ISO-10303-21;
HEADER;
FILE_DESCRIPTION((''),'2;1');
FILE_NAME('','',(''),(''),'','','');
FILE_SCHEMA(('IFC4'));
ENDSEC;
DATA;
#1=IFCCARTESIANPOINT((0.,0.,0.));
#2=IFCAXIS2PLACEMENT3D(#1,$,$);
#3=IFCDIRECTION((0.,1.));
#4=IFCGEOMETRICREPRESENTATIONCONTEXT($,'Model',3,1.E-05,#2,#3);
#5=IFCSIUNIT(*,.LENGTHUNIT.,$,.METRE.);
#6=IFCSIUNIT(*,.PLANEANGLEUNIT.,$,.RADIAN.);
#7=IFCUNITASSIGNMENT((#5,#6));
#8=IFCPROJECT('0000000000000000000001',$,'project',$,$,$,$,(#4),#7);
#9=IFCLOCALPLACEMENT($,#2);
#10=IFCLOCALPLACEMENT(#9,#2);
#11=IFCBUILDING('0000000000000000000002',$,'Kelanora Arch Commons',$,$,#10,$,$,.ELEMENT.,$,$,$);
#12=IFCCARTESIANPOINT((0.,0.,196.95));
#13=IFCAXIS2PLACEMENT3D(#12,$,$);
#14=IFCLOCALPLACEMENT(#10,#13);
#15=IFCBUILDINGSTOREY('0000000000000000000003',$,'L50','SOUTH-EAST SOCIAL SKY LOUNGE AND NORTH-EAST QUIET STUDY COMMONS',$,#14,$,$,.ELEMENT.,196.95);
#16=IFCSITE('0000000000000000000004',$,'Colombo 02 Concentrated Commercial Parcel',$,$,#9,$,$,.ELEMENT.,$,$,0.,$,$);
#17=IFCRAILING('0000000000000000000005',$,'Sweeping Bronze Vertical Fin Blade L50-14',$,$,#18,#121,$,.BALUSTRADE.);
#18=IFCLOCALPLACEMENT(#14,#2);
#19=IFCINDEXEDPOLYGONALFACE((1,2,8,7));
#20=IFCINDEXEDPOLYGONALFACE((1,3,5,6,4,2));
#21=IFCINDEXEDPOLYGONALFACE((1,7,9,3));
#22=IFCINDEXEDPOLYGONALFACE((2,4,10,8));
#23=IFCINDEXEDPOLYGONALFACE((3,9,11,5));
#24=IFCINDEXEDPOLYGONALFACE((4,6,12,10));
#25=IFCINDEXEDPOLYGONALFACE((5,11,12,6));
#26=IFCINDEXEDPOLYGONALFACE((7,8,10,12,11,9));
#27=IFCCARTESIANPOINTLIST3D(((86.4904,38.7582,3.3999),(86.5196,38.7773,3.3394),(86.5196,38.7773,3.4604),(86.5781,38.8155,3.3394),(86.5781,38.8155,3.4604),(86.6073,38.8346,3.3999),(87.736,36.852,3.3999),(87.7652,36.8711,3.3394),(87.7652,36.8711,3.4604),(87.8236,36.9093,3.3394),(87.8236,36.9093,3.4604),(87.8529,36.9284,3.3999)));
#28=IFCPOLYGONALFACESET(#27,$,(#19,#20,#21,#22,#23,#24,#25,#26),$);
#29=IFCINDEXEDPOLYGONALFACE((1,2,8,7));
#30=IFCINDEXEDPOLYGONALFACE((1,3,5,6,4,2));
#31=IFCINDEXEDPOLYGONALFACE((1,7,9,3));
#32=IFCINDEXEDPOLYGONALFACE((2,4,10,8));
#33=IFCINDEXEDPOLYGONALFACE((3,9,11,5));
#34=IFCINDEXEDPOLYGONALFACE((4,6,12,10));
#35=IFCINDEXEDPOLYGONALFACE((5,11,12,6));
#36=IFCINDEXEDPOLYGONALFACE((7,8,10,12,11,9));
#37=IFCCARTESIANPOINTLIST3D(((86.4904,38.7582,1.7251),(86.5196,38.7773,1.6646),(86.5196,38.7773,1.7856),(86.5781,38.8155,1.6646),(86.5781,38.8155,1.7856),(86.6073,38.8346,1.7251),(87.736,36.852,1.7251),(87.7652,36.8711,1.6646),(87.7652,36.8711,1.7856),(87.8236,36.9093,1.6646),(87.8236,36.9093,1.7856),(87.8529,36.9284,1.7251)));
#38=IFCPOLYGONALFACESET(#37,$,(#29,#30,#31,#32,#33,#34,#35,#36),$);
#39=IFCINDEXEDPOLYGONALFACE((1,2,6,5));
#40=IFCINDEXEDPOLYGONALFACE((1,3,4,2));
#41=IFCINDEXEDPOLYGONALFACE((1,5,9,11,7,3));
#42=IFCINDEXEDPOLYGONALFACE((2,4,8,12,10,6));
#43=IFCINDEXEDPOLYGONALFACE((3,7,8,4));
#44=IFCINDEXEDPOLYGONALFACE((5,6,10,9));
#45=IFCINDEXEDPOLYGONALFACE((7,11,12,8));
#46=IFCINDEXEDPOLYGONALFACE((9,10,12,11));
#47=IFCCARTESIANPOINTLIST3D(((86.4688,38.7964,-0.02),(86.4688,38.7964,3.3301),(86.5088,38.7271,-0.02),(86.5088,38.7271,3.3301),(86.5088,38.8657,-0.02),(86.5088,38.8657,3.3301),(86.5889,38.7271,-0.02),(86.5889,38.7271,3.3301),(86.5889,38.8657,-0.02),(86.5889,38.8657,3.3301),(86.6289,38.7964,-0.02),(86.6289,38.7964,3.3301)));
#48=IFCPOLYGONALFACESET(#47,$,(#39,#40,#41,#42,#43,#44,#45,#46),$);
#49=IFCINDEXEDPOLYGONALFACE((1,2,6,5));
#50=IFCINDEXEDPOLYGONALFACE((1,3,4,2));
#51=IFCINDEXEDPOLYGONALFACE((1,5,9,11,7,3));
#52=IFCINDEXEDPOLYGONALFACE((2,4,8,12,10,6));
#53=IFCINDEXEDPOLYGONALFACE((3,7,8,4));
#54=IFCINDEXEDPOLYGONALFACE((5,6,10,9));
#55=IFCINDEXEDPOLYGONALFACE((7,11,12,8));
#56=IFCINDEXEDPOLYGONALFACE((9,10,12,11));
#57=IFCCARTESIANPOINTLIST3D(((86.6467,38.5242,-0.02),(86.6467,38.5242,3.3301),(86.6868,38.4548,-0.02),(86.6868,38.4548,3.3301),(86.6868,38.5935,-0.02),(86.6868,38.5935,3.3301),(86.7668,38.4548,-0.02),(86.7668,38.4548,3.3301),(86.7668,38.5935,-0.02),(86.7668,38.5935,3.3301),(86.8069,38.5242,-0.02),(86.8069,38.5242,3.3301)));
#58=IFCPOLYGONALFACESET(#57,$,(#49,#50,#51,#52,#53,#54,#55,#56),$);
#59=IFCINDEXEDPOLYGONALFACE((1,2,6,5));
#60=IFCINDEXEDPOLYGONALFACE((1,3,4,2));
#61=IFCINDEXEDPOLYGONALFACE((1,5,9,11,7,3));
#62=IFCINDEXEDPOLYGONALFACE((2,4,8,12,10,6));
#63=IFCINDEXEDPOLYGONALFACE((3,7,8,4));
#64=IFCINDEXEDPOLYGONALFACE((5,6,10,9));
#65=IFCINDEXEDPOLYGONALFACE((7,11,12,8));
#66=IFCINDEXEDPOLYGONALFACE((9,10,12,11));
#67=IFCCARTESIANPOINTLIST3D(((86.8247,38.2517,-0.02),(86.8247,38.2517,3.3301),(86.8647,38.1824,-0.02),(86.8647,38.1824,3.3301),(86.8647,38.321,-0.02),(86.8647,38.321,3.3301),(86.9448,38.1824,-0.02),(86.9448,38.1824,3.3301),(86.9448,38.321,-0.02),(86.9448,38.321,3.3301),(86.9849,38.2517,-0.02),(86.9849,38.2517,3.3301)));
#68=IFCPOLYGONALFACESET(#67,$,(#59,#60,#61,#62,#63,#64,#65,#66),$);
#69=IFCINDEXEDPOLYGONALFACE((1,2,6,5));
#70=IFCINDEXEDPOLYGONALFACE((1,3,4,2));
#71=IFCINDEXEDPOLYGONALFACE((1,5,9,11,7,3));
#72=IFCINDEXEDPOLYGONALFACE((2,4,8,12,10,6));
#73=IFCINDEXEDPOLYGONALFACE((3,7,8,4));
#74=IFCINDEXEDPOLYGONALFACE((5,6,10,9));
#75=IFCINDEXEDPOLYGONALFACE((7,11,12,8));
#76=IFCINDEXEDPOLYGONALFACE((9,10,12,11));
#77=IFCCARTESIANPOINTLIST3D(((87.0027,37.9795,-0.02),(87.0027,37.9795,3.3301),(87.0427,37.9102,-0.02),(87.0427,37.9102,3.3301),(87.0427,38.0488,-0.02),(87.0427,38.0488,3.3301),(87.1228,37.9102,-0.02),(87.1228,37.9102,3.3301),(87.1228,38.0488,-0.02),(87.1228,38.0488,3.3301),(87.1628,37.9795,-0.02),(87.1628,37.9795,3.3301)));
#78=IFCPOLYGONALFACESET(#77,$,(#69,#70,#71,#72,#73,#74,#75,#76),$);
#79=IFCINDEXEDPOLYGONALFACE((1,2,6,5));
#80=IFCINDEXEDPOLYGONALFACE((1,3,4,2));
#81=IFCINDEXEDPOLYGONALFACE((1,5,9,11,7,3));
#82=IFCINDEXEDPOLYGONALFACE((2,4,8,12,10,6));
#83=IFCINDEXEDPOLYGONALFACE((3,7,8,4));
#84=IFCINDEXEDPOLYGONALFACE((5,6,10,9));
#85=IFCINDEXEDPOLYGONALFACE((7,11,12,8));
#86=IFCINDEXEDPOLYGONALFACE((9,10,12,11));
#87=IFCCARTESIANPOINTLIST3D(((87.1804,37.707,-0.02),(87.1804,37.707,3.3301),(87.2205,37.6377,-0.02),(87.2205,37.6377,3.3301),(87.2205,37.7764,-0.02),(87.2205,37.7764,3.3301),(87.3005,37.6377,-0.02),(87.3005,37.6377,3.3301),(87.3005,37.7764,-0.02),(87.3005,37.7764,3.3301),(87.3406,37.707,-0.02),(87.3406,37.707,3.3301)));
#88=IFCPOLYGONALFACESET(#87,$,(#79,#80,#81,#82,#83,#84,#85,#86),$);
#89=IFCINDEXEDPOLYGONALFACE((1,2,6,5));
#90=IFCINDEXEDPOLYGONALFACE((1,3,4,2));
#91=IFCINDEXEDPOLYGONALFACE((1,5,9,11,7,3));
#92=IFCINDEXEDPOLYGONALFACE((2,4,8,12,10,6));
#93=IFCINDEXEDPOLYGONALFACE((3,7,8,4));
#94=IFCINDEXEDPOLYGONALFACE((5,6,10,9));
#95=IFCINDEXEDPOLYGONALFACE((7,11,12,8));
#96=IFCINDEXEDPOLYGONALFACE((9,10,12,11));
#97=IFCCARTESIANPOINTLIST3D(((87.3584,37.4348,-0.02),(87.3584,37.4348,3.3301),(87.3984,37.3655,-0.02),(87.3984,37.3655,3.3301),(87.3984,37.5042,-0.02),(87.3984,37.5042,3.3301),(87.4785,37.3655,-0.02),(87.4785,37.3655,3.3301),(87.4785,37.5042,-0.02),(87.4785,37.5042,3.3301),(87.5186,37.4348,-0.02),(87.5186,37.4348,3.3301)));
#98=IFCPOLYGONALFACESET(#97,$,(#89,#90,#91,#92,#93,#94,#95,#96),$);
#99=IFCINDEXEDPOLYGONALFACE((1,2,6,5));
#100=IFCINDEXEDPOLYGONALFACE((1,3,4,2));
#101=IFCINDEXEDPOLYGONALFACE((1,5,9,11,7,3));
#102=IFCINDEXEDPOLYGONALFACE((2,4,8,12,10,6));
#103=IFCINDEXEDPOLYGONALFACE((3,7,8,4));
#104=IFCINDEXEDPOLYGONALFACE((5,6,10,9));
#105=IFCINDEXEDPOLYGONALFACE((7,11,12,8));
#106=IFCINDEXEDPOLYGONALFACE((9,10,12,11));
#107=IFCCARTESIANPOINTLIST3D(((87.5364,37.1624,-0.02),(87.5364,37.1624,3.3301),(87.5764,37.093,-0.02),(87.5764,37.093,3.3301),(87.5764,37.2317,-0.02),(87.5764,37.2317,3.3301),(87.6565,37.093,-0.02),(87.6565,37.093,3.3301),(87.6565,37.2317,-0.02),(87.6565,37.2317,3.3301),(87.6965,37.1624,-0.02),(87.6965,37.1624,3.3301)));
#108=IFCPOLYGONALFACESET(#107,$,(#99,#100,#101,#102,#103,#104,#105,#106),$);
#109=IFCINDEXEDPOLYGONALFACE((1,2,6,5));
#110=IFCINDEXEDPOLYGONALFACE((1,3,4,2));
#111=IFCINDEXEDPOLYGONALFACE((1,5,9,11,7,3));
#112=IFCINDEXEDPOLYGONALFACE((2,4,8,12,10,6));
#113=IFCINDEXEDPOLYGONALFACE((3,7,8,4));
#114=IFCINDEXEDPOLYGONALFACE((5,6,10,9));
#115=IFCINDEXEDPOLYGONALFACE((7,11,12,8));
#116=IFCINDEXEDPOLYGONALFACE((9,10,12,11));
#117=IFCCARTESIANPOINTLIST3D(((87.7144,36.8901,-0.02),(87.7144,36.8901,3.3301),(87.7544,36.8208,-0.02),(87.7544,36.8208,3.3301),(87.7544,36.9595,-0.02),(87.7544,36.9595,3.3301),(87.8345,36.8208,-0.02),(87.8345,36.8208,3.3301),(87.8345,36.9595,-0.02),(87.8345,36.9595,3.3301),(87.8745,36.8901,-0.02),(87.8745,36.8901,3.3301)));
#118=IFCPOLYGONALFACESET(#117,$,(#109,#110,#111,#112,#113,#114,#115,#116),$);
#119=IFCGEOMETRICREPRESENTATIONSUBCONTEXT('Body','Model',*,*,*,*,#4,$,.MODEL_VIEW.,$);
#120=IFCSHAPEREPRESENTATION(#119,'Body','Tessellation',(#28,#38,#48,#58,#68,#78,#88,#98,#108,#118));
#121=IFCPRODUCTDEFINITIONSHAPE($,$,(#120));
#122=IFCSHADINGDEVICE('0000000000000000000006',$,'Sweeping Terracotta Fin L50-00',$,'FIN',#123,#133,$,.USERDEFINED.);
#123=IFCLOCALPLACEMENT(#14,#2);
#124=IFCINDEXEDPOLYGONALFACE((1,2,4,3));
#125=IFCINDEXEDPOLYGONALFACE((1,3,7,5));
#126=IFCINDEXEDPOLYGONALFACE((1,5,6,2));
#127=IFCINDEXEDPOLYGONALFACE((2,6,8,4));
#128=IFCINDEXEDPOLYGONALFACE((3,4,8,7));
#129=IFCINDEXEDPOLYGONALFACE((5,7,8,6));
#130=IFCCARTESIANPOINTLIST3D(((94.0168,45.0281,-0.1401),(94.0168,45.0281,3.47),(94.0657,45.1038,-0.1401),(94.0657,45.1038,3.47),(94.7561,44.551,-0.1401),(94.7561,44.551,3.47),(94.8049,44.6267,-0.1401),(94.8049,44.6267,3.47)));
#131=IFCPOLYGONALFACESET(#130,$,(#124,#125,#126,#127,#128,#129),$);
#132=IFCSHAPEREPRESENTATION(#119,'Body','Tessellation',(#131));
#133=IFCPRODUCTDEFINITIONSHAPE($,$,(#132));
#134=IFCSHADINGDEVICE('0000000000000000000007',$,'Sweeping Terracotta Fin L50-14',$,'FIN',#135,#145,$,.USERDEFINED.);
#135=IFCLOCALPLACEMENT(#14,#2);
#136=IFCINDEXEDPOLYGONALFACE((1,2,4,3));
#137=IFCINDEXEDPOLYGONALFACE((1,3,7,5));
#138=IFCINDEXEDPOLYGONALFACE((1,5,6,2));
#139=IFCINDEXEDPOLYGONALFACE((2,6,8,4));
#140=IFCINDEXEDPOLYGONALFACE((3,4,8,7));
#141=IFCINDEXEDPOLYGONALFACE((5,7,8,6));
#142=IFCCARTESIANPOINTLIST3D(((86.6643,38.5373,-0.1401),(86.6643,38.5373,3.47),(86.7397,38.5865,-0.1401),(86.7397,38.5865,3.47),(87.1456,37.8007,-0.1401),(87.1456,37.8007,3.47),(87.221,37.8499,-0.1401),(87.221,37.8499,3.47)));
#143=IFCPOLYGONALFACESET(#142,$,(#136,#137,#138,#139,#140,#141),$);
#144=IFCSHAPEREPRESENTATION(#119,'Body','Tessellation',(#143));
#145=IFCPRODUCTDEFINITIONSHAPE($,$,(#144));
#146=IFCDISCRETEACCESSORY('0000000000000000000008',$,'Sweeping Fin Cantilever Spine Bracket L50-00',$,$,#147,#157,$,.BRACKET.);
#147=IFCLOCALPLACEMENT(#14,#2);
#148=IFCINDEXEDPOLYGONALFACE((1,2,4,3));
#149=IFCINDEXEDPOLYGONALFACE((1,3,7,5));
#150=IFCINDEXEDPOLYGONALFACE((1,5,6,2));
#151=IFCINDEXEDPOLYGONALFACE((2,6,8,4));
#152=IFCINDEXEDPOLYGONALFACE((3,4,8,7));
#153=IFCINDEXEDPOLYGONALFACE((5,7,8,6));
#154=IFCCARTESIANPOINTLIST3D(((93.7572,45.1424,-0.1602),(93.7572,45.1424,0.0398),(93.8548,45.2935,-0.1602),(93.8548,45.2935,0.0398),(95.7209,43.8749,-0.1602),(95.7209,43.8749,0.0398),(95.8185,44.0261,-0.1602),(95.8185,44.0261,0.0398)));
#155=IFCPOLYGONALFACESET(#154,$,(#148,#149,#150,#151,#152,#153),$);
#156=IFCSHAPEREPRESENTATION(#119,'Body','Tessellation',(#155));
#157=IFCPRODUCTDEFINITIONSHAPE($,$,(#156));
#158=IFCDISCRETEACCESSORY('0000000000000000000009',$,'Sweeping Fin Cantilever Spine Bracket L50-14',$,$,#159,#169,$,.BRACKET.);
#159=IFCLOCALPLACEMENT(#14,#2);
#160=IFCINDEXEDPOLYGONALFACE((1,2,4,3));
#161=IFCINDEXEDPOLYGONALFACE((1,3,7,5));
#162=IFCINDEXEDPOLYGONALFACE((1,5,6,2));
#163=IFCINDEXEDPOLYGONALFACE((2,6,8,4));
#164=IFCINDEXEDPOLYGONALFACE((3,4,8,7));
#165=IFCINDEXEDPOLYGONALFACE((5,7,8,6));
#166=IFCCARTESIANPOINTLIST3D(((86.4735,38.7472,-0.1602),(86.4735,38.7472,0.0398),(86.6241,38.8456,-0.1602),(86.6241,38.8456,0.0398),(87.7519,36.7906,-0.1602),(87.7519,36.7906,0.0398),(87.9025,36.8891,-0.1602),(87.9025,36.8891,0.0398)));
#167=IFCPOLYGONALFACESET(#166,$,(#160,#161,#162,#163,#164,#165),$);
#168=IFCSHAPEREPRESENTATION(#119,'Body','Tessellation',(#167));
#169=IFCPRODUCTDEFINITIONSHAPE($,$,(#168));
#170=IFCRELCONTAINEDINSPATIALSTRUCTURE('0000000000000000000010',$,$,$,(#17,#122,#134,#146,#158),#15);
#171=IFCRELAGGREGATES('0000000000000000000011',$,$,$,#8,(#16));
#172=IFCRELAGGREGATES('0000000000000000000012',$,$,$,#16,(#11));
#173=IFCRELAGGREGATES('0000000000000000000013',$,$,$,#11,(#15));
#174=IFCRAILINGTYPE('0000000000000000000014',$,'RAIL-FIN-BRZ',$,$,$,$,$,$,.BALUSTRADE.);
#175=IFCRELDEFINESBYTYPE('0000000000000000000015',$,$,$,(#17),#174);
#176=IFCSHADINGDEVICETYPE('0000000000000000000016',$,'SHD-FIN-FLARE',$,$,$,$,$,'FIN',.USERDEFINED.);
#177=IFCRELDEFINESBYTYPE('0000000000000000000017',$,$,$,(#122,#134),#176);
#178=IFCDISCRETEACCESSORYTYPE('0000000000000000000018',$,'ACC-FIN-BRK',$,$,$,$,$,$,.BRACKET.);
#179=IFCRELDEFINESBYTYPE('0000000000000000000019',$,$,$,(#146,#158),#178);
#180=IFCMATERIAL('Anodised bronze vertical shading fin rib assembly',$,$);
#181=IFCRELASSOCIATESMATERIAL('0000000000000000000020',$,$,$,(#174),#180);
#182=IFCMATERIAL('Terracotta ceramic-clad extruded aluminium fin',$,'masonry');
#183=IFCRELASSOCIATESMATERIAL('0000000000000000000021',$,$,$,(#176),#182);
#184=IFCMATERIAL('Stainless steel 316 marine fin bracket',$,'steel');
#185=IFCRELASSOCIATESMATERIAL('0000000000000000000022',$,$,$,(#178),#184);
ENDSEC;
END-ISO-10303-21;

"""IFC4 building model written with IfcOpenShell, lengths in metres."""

from ifc_helpers import new_model, si_unit, direction, frame, origin, origin_2d, place, context, subcontext, project, spatial, polyline, rectangle, outline, extrude, source, transform, mapped, material, type_object, element, save


model = new_model("IFC4")

# Units and contexts
model_context = context("Model", 3, precision=1e-05, world=origin(), true_north=direction((0.0, 1.0)))
body_context = subcontext(model_context, "Body", "Model", "MODEL_VIEW")
ifc_project = project(units=[si_unit("LENGTHUNIT", "METRE"), si_unit("PLANEANGLEUNIT", "RADIAN")], contexts=[model_context])

# Site, building, storey
site_placement = place(None, origin())
site = spatial("IfcSite", under=ifc_project, at=site_placement, Name="Colombo 02 Concentrated Commercial Parcel", CompositionType="ELEMENT", RefElevation=0.0)
building_placement = place(site_placement, origin())
building = spatial("IfcBuilding", under=site, at=building_placement, Name="Kelanora Arch Commons", CompositionType="ELEMENT")
storey_placement = place(building_placement, frame((0.0, 0.0, 196.95)))
storey = spatial("IfcBuildingStorey", under=building, at=storey_placement, Name="L50", Description="SOUTH-EAST SOCIAL SKY LOUNGE AND NORTH-EAST QUIET STUDY COMMONS", CompositionType="ELEMENT", Elevation=196.95)

# Railing
ifc_material_1 = material(Name="Anodised bronze vertical shading fin rib assembly")
railing_type = type_object("IfcRailingType", Name="RAIL-FIN-BRZ", PredefinedType="BALUSTRADE", material=ifc_material_1)
railing_1_placement = place(storey_placement, frame((86.5488, 38.7964, -0.02)))
element("IfcRailing", 1, at=railing_1_placement, inside=storey, type_object=railing_type, Name="Sweeping Bronze Vertical Fin Blade L50-14", PredefinedType="BALUSTRADE", context=body_context, shape_type="SweptSolid", body=[
    extrude(outline(polyline([(0.0698, 0.0), (0.0349, 0.0605), (-0.0349, 0.0605), (-0.0698, 0.0), (-0.0349, -0.0605), (0.0349, -0.0605), (0.0698, 0.0)])), frame((0.0, 0.0, 3.4199), z_axis=(0.547007, -0.837128, 0.0), x_axis=(0.837128, 0.547007, 0.0)), (0.0, 0.0, 1.0), 2.2771),
    extrude(outline(polyline([(0.0698, 0.0), (0.0349, 0.0605), (-0.0349, 0.0605), (-0.0698, 0.0), (-0.0349, -0.0605), (0.0349, -0.0605), (0.0698, 0.0)])), frame((0.0, 0.0, 1.7451), z_axis=(0.547007, -0.837128, 0.0), x_axis=(0.837128, 0.547007, 0.0)), (0.0, 0.0, 1.0), 2.2771),
    extrude(outline(polyline([(0.0801, 0.0), (0.04, 0.0693), (-0.04, 0.0693), (-0.0801, 0.0), (-0.04, -0.0693), (0.04, -0.0693), (0.0801, 0.0)])), origin(), (0.0, 0.0, 1.0), 3.3501),
    extrude(outline(polyline([(0.0801, 0.0), (0.04, 0.0693), (-0.04, 0.0693), (-0.0801, 0.0), (-0.04, -0.0693), (0.04, -0.0693), (0.0801, 0.0)])), frame((0.178, -0.2722, 0.0)), (0.0, 0.0, 1.0), 3.3501),
    extrude(outline(polyline([(0.0801, 0.0), (0.04, 0.0693), (-0.04, 0.0693), (-0.0801, 0.0), (-0.04, -0.0693), (0.04, -0.0693), (0.0801, 0.0)])), frame((0.356, -0.5447, 0.0)), (0.0, 0.0, 1.0), 3.3501),
    extrude(outline(polyline([(0.0801, 0.0), (0.04, 0.0693), (-0.04, 0.0693), (-0.0801, 0.0), (-0.04, -0.0693), (0.04, -0.0693), (0.0801, 0.0)])), frame((0.5339, -0.8169, 0.0)), (0.0, 0.0, 1.0), 3.3501),
    extrude(outline(polyline([(0.0801, 0.0), (0.04, 0.0693), (-0.04, 0.0693), (-0.0801, 0.0), (-0.04, -0.0693), (0.04, -0.0693), (0.0801, 0.0)])), frame((0.7117, -1.0894, 0.0)), (0.0, 0.0, 1.0), 3.3501),
    extrude(outline(polyline([(0.0801, 0.0), (0.04, 0.0693), (-0.04, 0.0693), (-0.0801, 0.0), (-0.04, -0.0693), (0.04, -0.0693), (0.0801, 0.0)])), frame((0.8896, -1.3616, 0.0)), (0.0, 0.0, 1.0), 3.3501),
    extrude(outline(polyline([(0.0801, 0.0), (0.04, 0.0693), (-0.04, 0.0693), (-0.0801, 0.0), (-0.04, -0.0693), (0.04, -0.0693), (0.0801, 0.0)])), frame((1.0676, -1.634, 0.0)), (0.0, 0.0, 1.0), 3.3501),
    extrude(outline(polyline([(0.0801, 0.0), (0.04, 0.0693), (-0.04, 0.0693), (-0.0801, 0.0), (-0.04, -0.0693), (0.04, -0.0693), (0.0801, 0.0)])), frame((1.2456, -1.9062, 0.0)), (0.0, 0.0, 1.0), 3.3501),
])

# Shading devices
ifc_material_2 = material(Name="Terracotta ceramic-clad extruded aluminium fin", Category="masonry")
shading_device_type = type_object("IfcShadingDeviceType", Name="SHD-FIN-FLARE", ElementType="FIN", PredefinedType="USERDEFINED", material=ifc_material_2)
shared_shape_1 = source(origin(), body_context, "Body", "SweptSolid", [
    extrude(rectangle(XDim=0.8799, YDim=0.0901, at=origin_2d()), origin(), (0.0, 0.0, 1.0), 3.6101),
])
for number, where, z_axis, x_axis, name in (
    (2, (94.4109, 44.8274, -0.1401), (0.0, 0.0, 1.0), (0.840188, -0.542295, 0.0), "Sweeping Terracotta Fin L50-00"),
    (3, (86.9426, 38.1936, -0.1401), (0.0, 0.0, 1.0), (0.546979, -0.837146, 0.0), "Sweeping Terracotta Fin L50-14"),
):
    element("IfcShadingDevice", number, at=place(storey_placement, frame(where, z_axis=z_axis, x_axis=x_axis)), inside=storey, type_object=shading_device_type, Name=name, ObjectType="FIN", PredefinedType="USERDEFINED", context=body_context, shape_type="MappedRepresentation", body=[
        mapped(shared_shape_1, transform((0.0, 0.0, 0.0), scale=1.0)),
    ])

# Discrete accessories
ifc_material_3 = material(Name="Stainless steel 316 marine fin bracket", Category="steel")
discrete_accessory_type = type_object("IfcDiscreteAccessoryType", Name="ACC-FIN-BRK", PredefinedType="BRACKET", material=ifc_material_3)
shared_shape_2 = source(origin(), body_context, "Body", "SweptSolid", [
    extrude(rectangle(XDim=2.3372, YDim=0.1799, at=origin_2d()), origin(), (0.0, 0.0, 1.0), 0.2),
])
for number, where, z_axis, x_axis, name in (
    (4, (94.7878, 44.5842, -0.1602), (0.0, 0.0, 1.0), (0.840188, -0.542295, 0.0), "Sweeping Fin Cantilever Spine Bracket L50-00"),
    (5, (87.188, 37.8181, -0.1602), (0.0, 0.0, 1.0), (0.546979, -0.837146, 0.0), "Sweeping Fin Cantilever Spine Bracket L50-14"),
):
    element("IfcDiscreteAccessory", number, at=place(storey_placement, frame(where, z_axis=z_axis, x_axis=x_axis)), inside=storey, type_object=discrete_accessory_type, Name=name, PredefinedType="BRACKET", context=body_context, shape_type="MappedRepresentation", body=[
        mapped(shared_shape_2, transform((0.0, 0.0, 0.0), scale=1.0)),
    ])

save(model, "model.ifc")
